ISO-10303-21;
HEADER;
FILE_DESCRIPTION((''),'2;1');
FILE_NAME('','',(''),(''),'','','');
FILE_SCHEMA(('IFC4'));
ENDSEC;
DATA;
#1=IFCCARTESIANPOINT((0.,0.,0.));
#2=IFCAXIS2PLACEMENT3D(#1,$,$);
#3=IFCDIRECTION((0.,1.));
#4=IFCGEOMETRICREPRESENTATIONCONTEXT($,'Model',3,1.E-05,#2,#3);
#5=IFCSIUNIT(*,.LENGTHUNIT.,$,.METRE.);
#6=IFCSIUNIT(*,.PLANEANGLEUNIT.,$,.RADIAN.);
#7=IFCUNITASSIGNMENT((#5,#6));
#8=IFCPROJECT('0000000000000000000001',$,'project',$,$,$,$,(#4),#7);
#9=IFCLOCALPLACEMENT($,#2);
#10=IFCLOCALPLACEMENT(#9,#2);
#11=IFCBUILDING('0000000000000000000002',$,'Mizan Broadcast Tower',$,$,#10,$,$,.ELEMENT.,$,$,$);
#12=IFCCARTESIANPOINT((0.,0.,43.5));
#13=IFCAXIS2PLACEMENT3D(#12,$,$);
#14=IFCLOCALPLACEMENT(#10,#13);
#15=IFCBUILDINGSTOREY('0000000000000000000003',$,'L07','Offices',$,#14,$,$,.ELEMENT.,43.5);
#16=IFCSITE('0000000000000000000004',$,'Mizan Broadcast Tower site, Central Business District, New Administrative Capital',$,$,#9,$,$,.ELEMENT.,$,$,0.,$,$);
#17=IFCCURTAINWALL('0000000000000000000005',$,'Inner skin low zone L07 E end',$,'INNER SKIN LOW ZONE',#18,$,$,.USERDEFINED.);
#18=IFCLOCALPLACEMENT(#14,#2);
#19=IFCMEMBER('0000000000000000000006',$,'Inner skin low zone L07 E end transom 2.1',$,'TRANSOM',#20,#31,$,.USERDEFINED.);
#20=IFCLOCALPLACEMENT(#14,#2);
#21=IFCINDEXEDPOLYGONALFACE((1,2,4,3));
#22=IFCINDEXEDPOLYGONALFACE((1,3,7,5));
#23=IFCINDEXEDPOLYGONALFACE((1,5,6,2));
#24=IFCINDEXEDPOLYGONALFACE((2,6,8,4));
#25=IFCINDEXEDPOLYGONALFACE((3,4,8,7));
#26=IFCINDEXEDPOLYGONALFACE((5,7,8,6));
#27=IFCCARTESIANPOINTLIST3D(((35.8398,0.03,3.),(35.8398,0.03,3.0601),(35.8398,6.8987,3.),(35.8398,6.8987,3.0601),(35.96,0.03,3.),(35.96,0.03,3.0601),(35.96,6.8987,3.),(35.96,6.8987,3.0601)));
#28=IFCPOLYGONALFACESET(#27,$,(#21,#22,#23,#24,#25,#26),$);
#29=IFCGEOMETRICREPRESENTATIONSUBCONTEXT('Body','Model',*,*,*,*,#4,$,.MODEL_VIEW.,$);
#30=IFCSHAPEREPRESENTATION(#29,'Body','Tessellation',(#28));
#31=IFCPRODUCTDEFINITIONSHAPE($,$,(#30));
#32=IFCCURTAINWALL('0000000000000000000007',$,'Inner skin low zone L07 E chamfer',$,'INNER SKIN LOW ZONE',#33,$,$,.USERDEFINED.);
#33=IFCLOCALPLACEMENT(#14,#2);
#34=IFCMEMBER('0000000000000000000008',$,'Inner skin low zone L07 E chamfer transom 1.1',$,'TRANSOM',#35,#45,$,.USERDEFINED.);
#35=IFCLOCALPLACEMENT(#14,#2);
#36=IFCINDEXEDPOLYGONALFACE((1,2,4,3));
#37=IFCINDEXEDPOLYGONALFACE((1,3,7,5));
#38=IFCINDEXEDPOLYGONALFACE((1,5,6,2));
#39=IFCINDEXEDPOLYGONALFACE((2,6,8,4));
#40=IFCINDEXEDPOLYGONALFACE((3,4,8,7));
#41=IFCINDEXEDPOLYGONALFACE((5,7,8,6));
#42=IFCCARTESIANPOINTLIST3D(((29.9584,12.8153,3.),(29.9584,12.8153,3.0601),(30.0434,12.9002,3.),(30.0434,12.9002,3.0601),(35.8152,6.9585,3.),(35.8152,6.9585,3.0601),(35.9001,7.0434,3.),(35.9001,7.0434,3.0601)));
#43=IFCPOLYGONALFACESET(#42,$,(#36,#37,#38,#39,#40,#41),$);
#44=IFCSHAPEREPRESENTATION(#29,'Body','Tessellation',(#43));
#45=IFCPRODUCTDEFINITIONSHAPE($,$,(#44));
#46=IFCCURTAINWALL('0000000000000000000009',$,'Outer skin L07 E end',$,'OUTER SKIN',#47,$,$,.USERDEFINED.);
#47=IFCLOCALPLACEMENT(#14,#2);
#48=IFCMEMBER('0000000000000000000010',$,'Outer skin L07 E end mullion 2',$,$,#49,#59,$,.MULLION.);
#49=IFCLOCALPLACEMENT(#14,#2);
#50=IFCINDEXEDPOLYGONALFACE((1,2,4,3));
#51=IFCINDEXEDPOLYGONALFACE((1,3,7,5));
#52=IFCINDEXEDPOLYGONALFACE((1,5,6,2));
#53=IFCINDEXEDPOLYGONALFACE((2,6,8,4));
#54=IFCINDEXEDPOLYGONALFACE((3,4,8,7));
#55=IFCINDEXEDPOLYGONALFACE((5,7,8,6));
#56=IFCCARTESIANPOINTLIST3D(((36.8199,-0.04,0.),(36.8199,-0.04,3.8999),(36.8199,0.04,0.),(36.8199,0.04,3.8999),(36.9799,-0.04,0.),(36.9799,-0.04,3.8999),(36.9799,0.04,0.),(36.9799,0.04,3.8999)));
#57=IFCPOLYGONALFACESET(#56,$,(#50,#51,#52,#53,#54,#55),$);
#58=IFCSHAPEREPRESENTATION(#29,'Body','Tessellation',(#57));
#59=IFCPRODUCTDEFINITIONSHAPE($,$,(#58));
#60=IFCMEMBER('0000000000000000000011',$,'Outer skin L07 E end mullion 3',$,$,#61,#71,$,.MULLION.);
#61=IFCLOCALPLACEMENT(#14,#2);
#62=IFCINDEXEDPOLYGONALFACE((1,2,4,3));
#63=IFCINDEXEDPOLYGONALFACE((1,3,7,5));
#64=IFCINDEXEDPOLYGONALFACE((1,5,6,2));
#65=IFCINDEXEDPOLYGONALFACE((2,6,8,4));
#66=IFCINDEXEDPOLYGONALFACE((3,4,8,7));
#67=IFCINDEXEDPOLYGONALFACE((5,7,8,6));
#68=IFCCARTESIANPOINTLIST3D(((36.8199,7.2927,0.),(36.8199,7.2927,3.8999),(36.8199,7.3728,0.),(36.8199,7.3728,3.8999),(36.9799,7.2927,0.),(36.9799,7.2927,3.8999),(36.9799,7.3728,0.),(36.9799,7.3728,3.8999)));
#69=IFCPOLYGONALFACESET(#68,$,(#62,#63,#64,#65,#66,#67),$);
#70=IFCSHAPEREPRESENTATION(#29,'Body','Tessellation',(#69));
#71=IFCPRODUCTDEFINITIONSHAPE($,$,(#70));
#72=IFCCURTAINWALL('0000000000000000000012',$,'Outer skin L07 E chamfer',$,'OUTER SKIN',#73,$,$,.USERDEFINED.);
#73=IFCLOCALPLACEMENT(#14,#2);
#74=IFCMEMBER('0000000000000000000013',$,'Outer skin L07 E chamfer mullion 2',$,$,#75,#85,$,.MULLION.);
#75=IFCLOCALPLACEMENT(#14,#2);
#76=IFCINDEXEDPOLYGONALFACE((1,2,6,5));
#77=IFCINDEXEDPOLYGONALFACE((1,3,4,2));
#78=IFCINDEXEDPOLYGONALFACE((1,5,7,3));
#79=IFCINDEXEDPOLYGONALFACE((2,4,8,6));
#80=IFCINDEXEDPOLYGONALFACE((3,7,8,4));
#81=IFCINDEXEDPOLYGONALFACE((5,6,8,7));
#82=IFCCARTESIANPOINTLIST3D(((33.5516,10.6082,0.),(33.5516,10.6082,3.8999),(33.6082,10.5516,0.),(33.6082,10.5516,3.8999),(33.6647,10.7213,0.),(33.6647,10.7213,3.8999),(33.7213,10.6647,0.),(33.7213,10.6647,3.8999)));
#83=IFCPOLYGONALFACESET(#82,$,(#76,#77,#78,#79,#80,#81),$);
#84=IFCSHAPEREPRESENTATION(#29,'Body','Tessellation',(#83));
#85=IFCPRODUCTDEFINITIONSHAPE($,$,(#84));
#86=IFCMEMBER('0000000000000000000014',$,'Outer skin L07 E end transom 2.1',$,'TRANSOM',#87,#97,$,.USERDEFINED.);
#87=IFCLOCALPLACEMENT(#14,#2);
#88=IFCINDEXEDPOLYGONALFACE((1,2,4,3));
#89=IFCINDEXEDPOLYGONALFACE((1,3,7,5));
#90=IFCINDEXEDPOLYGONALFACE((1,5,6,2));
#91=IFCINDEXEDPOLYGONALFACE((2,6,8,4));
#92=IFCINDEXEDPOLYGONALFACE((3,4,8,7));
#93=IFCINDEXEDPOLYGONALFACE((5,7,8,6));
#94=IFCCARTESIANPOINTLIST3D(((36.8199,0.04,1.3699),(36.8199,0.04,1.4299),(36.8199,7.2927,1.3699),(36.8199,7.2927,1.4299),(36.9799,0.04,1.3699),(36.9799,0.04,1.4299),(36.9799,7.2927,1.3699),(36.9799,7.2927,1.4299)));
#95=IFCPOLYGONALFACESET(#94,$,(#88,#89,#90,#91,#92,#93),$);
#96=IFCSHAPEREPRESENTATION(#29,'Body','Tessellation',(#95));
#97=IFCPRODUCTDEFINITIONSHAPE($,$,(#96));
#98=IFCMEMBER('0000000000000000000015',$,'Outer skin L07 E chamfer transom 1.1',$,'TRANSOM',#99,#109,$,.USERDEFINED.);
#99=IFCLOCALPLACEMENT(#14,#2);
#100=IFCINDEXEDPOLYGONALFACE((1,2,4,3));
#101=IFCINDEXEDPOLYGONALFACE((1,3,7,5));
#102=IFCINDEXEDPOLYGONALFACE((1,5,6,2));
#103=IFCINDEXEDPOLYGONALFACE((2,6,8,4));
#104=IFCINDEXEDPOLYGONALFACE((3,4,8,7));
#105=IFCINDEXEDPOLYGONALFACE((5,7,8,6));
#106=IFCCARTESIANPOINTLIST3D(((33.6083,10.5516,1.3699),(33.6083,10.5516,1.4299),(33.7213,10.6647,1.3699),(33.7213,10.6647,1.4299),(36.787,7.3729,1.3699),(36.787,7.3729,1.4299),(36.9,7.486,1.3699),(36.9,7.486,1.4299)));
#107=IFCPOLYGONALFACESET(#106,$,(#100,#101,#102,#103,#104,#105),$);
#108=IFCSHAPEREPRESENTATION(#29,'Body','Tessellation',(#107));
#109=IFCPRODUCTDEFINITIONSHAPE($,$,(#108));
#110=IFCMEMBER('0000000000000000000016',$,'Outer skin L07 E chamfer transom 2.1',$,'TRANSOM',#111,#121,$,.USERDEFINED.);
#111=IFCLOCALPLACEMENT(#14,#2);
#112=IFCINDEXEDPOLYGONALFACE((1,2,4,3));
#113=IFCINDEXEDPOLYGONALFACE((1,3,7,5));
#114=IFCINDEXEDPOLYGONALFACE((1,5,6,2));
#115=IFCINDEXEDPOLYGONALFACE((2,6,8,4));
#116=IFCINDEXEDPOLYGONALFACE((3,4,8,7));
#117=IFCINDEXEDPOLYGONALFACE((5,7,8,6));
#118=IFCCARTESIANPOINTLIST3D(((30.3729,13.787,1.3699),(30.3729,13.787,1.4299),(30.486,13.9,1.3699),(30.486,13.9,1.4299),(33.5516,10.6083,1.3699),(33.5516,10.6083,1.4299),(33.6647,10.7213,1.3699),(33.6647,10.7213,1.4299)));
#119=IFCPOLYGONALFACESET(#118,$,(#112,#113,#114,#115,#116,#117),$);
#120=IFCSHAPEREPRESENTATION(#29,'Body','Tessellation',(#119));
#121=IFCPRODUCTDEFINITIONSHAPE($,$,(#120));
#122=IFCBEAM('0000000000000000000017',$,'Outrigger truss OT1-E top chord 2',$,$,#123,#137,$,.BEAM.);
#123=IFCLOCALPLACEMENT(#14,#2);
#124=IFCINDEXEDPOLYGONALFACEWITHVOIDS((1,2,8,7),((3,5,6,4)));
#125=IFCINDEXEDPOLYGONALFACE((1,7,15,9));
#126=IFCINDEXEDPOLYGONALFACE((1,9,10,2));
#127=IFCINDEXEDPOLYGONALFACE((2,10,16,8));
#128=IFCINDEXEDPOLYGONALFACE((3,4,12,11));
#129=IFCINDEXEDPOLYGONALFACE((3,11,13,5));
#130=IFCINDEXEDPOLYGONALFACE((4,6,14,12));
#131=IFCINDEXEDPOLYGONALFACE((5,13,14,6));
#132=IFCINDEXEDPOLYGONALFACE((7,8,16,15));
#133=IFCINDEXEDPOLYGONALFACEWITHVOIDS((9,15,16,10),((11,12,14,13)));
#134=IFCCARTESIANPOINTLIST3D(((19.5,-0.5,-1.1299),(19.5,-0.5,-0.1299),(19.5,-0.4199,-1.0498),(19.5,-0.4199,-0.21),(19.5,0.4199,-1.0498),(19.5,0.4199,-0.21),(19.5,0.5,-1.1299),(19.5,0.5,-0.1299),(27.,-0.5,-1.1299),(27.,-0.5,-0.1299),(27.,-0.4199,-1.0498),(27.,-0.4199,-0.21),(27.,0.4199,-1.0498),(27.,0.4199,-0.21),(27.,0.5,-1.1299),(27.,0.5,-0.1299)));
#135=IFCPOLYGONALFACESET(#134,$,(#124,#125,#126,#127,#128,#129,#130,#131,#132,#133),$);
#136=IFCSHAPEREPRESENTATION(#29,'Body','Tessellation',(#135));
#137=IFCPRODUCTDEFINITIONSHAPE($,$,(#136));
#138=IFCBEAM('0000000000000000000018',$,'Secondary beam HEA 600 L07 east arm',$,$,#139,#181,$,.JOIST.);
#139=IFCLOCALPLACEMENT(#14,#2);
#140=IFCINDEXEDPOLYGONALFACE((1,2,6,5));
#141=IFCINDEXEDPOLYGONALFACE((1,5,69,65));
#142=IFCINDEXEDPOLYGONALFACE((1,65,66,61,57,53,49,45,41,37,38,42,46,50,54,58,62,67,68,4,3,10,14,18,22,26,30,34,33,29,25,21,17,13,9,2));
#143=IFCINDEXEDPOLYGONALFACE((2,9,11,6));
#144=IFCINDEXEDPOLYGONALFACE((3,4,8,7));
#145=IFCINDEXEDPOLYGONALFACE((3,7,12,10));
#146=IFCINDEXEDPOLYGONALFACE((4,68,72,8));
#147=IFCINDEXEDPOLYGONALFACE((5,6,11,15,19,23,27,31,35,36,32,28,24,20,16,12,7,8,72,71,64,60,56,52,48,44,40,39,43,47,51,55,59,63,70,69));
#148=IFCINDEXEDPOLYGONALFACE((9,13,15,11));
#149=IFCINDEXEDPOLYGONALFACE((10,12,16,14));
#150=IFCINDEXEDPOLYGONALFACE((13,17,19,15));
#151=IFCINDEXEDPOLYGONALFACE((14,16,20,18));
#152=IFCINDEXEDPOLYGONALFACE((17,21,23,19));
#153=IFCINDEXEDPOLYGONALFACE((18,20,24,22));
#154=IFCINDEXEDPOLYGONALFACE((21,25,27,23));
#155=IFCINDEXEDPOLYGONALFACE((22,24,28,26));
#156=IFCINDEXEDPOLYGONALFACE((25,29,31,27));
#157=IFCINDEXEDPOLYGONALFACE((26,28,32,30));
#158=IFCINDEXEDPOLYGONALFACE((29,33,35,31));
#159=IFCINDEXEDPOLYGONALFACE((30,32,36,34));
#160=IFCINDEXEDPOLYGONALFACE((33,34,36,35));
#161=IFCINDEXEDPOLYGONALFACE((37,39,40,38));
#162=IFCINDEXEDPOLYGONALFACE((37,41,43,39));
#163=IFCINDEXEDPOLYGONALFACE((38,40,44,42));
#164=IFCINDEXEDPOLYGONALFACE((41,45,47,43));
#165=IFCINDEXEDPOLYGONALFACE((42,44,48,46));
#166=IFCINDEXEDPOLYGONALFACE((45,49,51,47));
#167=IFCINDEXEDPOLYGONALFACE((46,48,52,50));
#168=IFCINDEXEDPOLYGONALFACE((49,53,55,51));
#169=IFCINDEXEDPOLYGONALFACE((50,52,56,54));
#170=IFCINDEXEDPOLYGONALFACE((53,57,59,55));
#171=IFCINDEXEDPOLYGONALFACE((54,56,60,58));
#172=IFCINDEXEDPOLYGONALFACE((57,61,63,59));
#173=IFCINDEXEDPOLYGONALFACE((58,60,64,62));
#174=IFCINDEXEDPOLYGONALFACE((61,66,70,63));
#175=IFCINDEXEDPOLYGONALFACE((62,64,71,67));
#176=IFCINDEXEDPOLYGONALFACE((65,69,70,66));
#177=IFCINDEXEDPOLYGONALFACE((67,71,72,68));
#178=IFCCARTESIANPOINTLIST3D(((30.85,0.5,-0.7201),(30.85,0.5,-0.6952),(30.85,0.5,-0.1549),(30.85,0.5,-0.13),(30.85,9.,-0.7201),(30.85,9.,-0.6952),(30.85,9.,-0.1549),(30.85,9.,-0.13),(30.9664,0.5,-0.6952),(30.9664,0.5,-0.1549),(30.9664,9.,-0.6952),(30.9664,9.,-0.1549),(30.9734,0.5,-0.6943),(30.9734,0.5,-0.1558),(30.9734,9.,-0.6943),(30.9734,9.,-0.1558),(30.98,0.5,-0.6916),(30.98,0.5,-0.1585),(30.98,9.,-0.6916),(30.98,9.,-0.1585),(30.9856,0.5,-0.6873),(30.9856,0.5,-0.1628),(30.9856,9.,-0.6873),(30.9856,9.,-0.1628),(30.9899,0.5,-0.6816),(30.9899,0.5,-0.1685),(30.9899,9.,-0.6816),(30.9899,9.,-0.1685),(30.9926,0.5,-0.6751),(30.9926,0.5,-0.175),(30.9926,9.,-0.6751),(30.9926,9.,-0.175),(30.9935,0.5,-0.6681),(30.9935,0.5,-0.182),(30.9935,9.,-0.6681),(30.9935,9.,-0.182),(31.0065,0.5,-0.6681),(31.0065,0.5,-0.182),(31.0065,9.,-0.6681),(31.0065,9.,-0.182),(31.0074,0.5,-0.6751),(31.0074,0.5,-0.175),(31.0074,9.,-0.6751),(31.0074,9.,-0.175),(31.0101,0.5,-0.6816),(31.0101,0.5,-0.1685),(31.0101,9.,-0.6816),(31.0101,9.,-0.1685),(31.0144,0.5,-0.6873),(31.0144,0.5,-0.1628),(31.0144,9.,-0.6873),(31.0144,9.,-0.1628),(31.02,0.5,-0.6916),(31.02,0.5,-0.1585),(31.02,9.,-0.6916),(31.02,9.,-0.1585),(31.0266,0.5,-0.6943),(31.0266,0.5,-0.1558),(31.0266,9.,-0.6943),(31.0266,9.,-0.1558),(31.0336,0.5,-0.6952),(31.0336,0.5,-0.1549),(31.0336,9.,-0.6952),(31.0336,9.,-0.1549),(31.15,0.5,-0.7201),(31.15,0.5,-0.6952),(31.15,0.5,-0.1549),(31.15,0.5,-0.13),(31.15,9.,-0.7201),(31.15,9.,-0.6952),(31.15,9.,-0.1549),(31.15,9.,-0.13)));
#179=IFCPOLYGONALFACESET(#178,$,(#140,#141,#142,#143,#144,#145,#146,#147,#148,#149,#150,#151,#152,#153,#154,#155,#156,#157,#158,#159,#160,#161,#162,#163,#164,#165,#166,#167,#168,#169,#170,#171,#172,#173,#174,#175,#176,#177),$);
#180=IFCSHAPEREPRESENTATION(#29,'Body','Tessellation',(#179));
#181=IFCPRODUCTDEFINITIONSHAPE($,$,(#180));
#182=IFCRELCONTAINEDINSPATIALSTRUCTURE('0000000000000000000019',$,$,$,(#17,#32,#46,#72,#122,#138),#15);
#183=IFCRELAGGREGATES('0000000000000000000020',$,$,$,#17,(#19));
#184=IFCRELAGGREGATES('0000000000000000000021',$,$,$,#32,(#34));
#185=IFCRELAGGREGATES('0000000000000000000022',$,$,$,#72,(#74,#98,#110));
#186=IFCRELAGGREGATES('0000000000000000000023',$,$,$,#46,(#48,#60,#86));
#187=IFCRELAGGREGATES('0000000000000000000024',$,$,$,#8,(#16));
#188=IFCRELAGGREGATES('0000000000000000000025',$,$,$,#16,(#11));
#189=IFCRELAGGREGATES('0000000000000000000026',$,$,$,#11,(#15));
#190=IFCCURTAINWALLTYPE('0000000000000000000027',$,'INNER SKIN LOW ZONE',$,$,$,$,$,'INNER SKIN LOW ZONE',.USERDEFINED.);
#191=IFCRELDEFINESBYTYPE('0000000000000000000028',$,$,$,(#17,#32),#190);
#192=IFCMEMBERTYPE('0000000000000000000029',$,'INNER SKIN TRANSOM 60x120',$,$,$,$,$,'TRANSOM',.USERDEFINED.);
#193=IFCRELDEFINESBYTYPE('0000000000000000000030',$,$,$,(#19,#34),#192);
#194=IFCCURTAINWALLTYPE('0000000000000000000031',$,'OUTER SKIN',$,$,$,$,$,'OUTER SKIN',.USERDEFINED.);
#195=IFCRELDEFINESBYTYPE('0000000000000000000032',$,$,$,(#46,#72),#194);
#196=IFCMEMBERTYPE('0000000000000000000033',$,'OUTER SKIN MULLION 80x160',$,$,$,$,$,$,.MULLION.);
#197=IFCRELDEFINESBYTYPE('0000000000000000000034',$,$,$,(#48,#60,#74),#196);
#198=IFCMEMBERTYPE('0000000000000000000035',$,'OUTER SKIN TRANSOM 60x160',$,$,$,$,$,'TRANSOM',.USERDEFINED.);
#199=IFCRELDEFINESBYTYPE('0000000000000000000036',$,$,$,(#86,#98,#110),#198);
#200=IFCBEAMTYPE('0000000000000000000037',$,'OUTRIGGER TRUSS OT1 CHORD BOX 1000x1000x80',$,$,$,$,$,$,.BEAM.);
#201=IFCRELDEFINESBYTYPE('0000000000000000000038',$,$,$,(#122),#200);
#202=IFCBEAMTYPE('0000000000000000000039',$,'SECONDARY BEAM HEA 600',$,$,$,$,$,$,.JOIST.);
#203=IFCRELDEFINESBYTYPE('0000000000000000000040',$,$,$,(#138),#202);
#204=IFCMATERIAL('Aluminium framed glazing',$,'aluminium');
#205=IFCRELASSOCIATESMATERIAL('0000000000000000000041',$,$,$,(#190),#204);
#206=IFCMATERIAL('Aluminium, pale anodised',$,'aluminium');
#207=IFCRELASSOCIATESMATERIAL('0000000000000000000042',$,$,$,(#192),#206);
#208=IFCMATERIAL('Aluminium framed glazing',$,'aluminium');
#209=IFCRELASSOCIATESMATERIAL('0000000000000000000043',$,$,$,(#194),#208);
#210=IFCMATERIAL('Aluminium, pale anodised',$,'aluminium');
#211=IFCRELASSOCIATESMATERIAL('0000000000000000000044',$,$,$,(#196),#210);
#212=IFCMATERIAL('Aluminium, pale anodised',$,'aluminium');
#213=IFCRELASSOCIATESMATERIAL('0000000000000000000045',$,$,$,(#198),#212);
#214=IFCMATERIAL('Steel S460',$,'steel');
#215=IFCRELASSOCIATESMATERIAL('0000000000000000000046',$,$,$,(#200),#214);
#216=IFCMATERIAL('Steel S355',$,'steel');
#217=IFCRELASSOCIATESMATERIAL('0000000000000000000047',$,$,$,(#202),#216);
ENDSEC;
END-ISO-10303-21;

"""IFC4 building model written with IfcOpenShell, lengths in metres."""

from ifc_helpers import new_model, si_unit, direction, frame, origin, origin_2d, place, context, subcontext, project, spatial, rectangle, hollow_rectangle, i_section, extrude, material, material_profile, profile_set, type_object, element, aggregate, save


model = new_model("IFC4")

# Units and contexts
model_context = context("Model", 3, precision=1e-05, world=origin(), true_north=direction((0.0, 1.0)))
body_context = subcontext(model_context, "Body", "Model", "MODEL_VIEW")
ifc_project = project(units=[si_unit("LENGTHUNIT", "METRE"), si_unit("PLANEANGLEUNIT", "RADIAN")], contexts=[model_context])

# Site, building, storey
site_placement = place(None, origin())
site = spatial("IfcSite", under=ifc_project, at=site_placement, Name="Mizan Broadcast Tower site, Central Business District, New Administrative Capital", CompositionType="ELEMENT", RefElevation=0.0)
building_placement = place(site_placement, origin())
building = spatial("IfcBuilding", under=site, at=building_placement, Name="Mizan Broadcast Tower", CompositionType="ELEMENT")
storey_placement = place(building_placement, frame((0.0, 0.0, 43.5)))
storey = spatial("IfcBuildingStorey", under=building, at=storey_placement, Name="L07", Description="Offices", CompositionType="ELEMENT", Elevation=43.5)

# Curtain wall, member
ifc_material_1 = material(Name="Aluminium framed glazing", Category="aluminium")
curtain_wall_type_1 = type_object("IfcCurtainWallType", Name="INNER SKIN LOW ZONE", ElementType="INNER SKIN LOW ZONE", PredefinedType="USERDEFINED", material=ifc_material_1)
curtain_wall_1_placement = place(storey_placement, origin())
curtain_wall_1 = element("IfcCurtainWall", 1, at=curtain_wall_1_placement, inside=storey, type_object=curtain_wall_type_1, Name="Inner skin low zone L07 E end", ObjectType="INNER SKIN LOW ZONE", PredefinedType="USERDEFINED")
ifc_material_2 = material(Name="Aluminium, pale anodised", Category="aluminium")
ifc_material_profile_1 = material_profile(ifc_material_2, rectangle(XDim=0.1201, YDim=0.0601, at=origin_2d()), Name="TRANSOM 120x60")
ifc_profile_set_1 = profile_set([ifc_material_profile_1], Name="Aluminium, pale anodised")
member_type_1 = type_object("IfcMemberType", Name="INNER SKIN TRANSOM 60x120", ElementType="TRANSOM", PredefinedType="USERDEFINED", material=ifc_profile_set_1)
member_1_placement = place(storey_placement, frame((35.8999, 0.03, 3.03), z_axis=(0.0, 1.0, 0.0), x_axis=(-1.0, 0.0, 0.0)))
member_1 = element("IfcMember", 2, at=member_1_placement, type_object=member_type_1, Name="Inner skin low zone L07 E end transom 2.1", ObjectType="TRANSOM", PredefinedType="USERDEFINED", context=body_context, shape_type="SweptSolid", body=[
    extrude(rectangle(XDim=0.1201, YDim=0.0601, at=origin_2d()), origin(), (0.0, 0.0, 1.0), 6.8687),
])

# Curtain wall, member
curtain_wall_2_placement = place(storey_placement, origin())
curtain_wall_2 = element("IfcCurtainWall", 3, at=curtain_wall_2_placement, inside=storey, type_object=curtain_wall_type_1, Name="Inner skin low zone L07 E chamfer", ObjectType="INNER SKIN LOW ZONE", PredefinedType="USERDEFINED")
member_2_placement = place(storey_placement, frame((35.8577, 7.001, 3.03), z_axis=(-0.707107, 0.707107, 0.0), x_axis=(-0.707107, -0.707107, 0.0)))
member_2 = element("IfcMember", 4, at=member_2_placement, type_object=member_type_1, Name="Inner skin low zone L07 E chamfer transom 1.1", ObjectType="TRANSOM", PredefinedType="USERDEFINED", context=body_context, shape_type="SweptSolid", body=[
    extrude(rectangle(XDim=0.1201, YDim=0.0601, at=origin_2d()), origin(), (0.0, 0.0, 1.0), 8.2827),
])

# Curtain wall, members
ifc_material_3 = material(Name="Aluminium framed glazing", Category="aluminium")
curtain_wall_type_2 = type_object("IfcCurtainWallType", Name="OUTER SKIN", ElementType="OUTER SKIN", PredefinedType="USERDEFINED", material=ifc_material_3)
curtain_wall_3_placement = place(storey_placement, origin())
curtain_wall_3 = element("IfcCurtainWall", 5, at=curtain_wall_3_placement, inside=storey, type_object=curtain_wall_type_2, Name="Outer skin L07 E end", ObjectType="OUTER SKIN", PredefinedType="USERDEFINED")
ifc_material_4 = material(Name="Aluminium, pale anodised", Category="aluminium")
ifc_material_profile_2 = material_profile(ifc_material_4, rectangle(XDim=0.1599, YDim=0.0801, at=origin_2d()), Name="MULLION 160x80")
ifc_profile_set_2 = profile_set([ifc_material_profile_2], Name="Aluminium, pale anodised")
member_type_2 = type_object("IfcMemberType", Name="OUTER SKIN MULLION 80x160", PredefinedType="MULLION", material=ifc_profile_set_2)
member_3_placement = place(storey_placement, frame((36.8999, 0.0, 0.0), z_axis=(0.0, 0.0, 1.0), x_axis=(-1.0, 0.0, 0.0)))
member_3 = element("IfcMember", 6, at=member_3_placement, type_object=member_type_2, Name="Outer skin L07 E end mullion 2", PredefinedType="MULLION", context=body_context, shape_type="SweptSolid", body=[
    extrude(rectangle(XDim=0.1599, YDim=0.0801, at=origin_2d()), origin(), (0.0, 0.0, 1.0), 3.8999),
])
member_4_placement = place(storey_placement, frame((36.8999, 7.3328, 0.0), z_axis=(0.0, 0.0, 1.0), x_axis=(-1.0, 0.0, 0.0)))
member_4 = element("IfcMember", 7, at=member_4_placement, type_object=member_type_2, Name="Outer skin L07 E end mullion 3", PredefinedType="MULLION", context=body_context, shape_type="SweptSolid", body=[
    extrude(rectangle(XDim=0.1599, YDim=0.0801, at=origin_2d()), origin(), (0.0, 0.0, 1.0), 3.8999),
])

# Curtain wall, member
curtain_wall_4_placement = place(storey_placement, origin())
curtain_wall_4 = element("IfcCurtainWall", 8, at=curtain_wall_4_placement, inside=storey, type_object=curtain_wall_type_2, Name="Outer skin L07 E chamfer", ObjectType="OUTER SKIN", PredefinedType="USERDEFINED")
member_5_placement = place(storey_placement, frame((33.6365, 10.6365, 0.0), z_axis=(0.0, 0.0, 1.0), x_axis=(-0.707107, -0.707107, 0.0)))
member_5 = element("IfcMember", 9, at=member_5_placement, type_object=member_type_2, Name="Outer skin L07 E chamfer mullion 2", PredefinedType="MULLION", context=body_context, shape_type="SweptSolid", body=[
    extrude(rectangle(XDim=0.1599, YDim=0.0801, at=origin_2d()), origin(), (0.0, 0.0, 1.0), 3.8999),
])

# Members
ifc_material_5 = material(Name="Aluminium, pale anodised", Category="aluminium")
ifc_material_profile_3 = material_profile(ifc_material_5, rectangle(XDim=0.1599, YDim=0.0601, at=origin_2d()), Name="TRANSOM 160x60")
ifc_profile_set_3 = profile_set([ifc_material_profile_3], Name="Aluminium, pale anodised")
member_type_3 = type_object("IfcMemberType", Name="OUTER SKIN TRANSOM 60x160", ElementType="TRANSOM", PredefinedType="USERDEFINED", material=ifc_profile_set_3)
member_6_placement = place(storey_placement, frame((36.8999, 0.04, 1.3999), z_axis=(0.0, 1.0, 0.0), x_axis=(-1.0, 0.0, 0.0)))
member_6 = element("IfcMember", 10, at=member_6_placement, type_object=member_type_3, Name="Outer skin L07 E end transom 2.1", ObjectType="TRANSOM", PredefinedType="USERDEFINED", context=body_context, shape_type="SweptSolid", body=[
    extrude(rectangle(XDim=0.1599, YDim=0.0601, at=origin_2d()), origin(), (0.0, 0.0, 1.0), 7.2527),
])
member_7_placement = place(storey_placement, frame((36.8435, 7.4294, 1.3999), z_axis=(-0.707107, 0.707107, 0.0), x_axis=(-0.707107, -0.707107, 0.0)))
member_7 = element("IfcMember", 11, at=member_7_placement, type_object=member_type_3, Name="Outer skin L07 E chamfer transom 1.1", ObjectType="TRANSOM", PredefinedType="USERDEFINED", context=body_context, shape_type="SweptSolid", body=[
    extrude(rectangle(XDim=0.1599, YDim=0.0601, at=origin_2d()), origin(), (0.0, 0.0, 1.0), 4.4954),
])
member_8_placement = place(storey_placement, frame((33.6082, 10.6648, 1.3999), z_axis=(-0.707107, 0.707107, 0.0), x_axis=(-0.707107, -0.707107, 0.0)))
member_8 = element("IfcMember", 12, at=member_8_placement, type_object=member_type_3, Name="Outer skin L07 E chamfer transom 2.1", ObjectType="TRANSOM", PredefinedType="USERDEFINED", context=body_context, shape_type="SweptSolid", body=[
    extrude(rectangle(XDim=0.1599, YDim=0.0601, at=origin_2d()), origin(), (0.0, 0.0, 1.0), 4.4954),
])

# Beams
ifc_material_6 = material(Name="Steel S460", Category="steel")
ifc_material_profile_4 = material_profile(ifc_material_6, hollow_rectangle(XDim=1.0, YDim=1.0, WallThickness=0.0801, at=origin_2d()), Name="BOX 1000x1000x80")
ifc_profile_set_4 = profile_set([ifc_material_profile_4], Name="Steel S460")
beam_type_1 = type_object("IfcBeamType", Name="OUTRIGGER TRUSS OT1 CHORD BOX 1000x1000x80", PredefinedType="BEAM", material=ifc_profile_set_4)
beam_1_placement = place(storey_placement, frame((19.5, 0.0, -0.6299), z_axis=(1.0, 0.0, 0.0), x_axis=(0.0, 1.0, 0.0)))
element("IfcBeam", 13, at=beam_1_placement, inside=storey, type_object=beam_type_1, Name="Outrigger truss OT1-E top chord 2", PredefinedType="BEAM", context=body_context, shape_type="SweptSolid", body=[
    extrude(hollow_rectangle(XDim=1.0, YDim=1.0, WallThickness=0.0801, at=origin_2d()), origin(), (0.0, 0.0, 1.0), 7.5),
])
ifc_material_7 = material(Name="Steel S355", Category="steel")
ifc_material_profile_5 = material_profile(ifc_material_7, i_section(OverallWidth=0.3, OverallDepth=0.5901, WebThickness=0.0129, FlangeThickness=0.0249, FilletRadius=0.0271, at=origin_2d()), Name="HEA 600")
ifc_profile_set_5 = profile_set([ifc_material_profile_5], Name="Steel S355")
beam_type_2 = type_object("IfcBeamType", Name="SECONDARY BEAM HEA 600", PredefinedType="JOIST", material=ifc_profile_set_5)
beam_2_placement = place(storey_placement, frame((31.0, 9.0, -0.425), z_axis=(0.0, -1.0, 0.0), x_axis=(1.0, 0.0, 0.0)))
element("IfcBeam", 14, at=beam_2_placement, inside=storey, type_object=beam_type_2, Name="Secondary beam HEA 600 L07 east arm", PredefinedType="JOIST", context=body_context, shape_type="SweptSolid", body=[
    extrude(i_section(OverallWidth=0.3, OverallDepth=0.5901, WebThickness=0.0129, FlangeThickness=0.0249, FilletRadius=0.0271, at=origin_2d()), origin(), (0.0, 0.0, 1.0), 8.5),
])

aggregate(curtain_wall_1, [member_1])
aggregate(curtain_wall_2, [member_2])
aggregate(curtain_wall_4, [member_5, member_7, member_8])
aggregate(curtain_wall_3, [member_3, member_4, member_6])

save(model, "model.ifc")
